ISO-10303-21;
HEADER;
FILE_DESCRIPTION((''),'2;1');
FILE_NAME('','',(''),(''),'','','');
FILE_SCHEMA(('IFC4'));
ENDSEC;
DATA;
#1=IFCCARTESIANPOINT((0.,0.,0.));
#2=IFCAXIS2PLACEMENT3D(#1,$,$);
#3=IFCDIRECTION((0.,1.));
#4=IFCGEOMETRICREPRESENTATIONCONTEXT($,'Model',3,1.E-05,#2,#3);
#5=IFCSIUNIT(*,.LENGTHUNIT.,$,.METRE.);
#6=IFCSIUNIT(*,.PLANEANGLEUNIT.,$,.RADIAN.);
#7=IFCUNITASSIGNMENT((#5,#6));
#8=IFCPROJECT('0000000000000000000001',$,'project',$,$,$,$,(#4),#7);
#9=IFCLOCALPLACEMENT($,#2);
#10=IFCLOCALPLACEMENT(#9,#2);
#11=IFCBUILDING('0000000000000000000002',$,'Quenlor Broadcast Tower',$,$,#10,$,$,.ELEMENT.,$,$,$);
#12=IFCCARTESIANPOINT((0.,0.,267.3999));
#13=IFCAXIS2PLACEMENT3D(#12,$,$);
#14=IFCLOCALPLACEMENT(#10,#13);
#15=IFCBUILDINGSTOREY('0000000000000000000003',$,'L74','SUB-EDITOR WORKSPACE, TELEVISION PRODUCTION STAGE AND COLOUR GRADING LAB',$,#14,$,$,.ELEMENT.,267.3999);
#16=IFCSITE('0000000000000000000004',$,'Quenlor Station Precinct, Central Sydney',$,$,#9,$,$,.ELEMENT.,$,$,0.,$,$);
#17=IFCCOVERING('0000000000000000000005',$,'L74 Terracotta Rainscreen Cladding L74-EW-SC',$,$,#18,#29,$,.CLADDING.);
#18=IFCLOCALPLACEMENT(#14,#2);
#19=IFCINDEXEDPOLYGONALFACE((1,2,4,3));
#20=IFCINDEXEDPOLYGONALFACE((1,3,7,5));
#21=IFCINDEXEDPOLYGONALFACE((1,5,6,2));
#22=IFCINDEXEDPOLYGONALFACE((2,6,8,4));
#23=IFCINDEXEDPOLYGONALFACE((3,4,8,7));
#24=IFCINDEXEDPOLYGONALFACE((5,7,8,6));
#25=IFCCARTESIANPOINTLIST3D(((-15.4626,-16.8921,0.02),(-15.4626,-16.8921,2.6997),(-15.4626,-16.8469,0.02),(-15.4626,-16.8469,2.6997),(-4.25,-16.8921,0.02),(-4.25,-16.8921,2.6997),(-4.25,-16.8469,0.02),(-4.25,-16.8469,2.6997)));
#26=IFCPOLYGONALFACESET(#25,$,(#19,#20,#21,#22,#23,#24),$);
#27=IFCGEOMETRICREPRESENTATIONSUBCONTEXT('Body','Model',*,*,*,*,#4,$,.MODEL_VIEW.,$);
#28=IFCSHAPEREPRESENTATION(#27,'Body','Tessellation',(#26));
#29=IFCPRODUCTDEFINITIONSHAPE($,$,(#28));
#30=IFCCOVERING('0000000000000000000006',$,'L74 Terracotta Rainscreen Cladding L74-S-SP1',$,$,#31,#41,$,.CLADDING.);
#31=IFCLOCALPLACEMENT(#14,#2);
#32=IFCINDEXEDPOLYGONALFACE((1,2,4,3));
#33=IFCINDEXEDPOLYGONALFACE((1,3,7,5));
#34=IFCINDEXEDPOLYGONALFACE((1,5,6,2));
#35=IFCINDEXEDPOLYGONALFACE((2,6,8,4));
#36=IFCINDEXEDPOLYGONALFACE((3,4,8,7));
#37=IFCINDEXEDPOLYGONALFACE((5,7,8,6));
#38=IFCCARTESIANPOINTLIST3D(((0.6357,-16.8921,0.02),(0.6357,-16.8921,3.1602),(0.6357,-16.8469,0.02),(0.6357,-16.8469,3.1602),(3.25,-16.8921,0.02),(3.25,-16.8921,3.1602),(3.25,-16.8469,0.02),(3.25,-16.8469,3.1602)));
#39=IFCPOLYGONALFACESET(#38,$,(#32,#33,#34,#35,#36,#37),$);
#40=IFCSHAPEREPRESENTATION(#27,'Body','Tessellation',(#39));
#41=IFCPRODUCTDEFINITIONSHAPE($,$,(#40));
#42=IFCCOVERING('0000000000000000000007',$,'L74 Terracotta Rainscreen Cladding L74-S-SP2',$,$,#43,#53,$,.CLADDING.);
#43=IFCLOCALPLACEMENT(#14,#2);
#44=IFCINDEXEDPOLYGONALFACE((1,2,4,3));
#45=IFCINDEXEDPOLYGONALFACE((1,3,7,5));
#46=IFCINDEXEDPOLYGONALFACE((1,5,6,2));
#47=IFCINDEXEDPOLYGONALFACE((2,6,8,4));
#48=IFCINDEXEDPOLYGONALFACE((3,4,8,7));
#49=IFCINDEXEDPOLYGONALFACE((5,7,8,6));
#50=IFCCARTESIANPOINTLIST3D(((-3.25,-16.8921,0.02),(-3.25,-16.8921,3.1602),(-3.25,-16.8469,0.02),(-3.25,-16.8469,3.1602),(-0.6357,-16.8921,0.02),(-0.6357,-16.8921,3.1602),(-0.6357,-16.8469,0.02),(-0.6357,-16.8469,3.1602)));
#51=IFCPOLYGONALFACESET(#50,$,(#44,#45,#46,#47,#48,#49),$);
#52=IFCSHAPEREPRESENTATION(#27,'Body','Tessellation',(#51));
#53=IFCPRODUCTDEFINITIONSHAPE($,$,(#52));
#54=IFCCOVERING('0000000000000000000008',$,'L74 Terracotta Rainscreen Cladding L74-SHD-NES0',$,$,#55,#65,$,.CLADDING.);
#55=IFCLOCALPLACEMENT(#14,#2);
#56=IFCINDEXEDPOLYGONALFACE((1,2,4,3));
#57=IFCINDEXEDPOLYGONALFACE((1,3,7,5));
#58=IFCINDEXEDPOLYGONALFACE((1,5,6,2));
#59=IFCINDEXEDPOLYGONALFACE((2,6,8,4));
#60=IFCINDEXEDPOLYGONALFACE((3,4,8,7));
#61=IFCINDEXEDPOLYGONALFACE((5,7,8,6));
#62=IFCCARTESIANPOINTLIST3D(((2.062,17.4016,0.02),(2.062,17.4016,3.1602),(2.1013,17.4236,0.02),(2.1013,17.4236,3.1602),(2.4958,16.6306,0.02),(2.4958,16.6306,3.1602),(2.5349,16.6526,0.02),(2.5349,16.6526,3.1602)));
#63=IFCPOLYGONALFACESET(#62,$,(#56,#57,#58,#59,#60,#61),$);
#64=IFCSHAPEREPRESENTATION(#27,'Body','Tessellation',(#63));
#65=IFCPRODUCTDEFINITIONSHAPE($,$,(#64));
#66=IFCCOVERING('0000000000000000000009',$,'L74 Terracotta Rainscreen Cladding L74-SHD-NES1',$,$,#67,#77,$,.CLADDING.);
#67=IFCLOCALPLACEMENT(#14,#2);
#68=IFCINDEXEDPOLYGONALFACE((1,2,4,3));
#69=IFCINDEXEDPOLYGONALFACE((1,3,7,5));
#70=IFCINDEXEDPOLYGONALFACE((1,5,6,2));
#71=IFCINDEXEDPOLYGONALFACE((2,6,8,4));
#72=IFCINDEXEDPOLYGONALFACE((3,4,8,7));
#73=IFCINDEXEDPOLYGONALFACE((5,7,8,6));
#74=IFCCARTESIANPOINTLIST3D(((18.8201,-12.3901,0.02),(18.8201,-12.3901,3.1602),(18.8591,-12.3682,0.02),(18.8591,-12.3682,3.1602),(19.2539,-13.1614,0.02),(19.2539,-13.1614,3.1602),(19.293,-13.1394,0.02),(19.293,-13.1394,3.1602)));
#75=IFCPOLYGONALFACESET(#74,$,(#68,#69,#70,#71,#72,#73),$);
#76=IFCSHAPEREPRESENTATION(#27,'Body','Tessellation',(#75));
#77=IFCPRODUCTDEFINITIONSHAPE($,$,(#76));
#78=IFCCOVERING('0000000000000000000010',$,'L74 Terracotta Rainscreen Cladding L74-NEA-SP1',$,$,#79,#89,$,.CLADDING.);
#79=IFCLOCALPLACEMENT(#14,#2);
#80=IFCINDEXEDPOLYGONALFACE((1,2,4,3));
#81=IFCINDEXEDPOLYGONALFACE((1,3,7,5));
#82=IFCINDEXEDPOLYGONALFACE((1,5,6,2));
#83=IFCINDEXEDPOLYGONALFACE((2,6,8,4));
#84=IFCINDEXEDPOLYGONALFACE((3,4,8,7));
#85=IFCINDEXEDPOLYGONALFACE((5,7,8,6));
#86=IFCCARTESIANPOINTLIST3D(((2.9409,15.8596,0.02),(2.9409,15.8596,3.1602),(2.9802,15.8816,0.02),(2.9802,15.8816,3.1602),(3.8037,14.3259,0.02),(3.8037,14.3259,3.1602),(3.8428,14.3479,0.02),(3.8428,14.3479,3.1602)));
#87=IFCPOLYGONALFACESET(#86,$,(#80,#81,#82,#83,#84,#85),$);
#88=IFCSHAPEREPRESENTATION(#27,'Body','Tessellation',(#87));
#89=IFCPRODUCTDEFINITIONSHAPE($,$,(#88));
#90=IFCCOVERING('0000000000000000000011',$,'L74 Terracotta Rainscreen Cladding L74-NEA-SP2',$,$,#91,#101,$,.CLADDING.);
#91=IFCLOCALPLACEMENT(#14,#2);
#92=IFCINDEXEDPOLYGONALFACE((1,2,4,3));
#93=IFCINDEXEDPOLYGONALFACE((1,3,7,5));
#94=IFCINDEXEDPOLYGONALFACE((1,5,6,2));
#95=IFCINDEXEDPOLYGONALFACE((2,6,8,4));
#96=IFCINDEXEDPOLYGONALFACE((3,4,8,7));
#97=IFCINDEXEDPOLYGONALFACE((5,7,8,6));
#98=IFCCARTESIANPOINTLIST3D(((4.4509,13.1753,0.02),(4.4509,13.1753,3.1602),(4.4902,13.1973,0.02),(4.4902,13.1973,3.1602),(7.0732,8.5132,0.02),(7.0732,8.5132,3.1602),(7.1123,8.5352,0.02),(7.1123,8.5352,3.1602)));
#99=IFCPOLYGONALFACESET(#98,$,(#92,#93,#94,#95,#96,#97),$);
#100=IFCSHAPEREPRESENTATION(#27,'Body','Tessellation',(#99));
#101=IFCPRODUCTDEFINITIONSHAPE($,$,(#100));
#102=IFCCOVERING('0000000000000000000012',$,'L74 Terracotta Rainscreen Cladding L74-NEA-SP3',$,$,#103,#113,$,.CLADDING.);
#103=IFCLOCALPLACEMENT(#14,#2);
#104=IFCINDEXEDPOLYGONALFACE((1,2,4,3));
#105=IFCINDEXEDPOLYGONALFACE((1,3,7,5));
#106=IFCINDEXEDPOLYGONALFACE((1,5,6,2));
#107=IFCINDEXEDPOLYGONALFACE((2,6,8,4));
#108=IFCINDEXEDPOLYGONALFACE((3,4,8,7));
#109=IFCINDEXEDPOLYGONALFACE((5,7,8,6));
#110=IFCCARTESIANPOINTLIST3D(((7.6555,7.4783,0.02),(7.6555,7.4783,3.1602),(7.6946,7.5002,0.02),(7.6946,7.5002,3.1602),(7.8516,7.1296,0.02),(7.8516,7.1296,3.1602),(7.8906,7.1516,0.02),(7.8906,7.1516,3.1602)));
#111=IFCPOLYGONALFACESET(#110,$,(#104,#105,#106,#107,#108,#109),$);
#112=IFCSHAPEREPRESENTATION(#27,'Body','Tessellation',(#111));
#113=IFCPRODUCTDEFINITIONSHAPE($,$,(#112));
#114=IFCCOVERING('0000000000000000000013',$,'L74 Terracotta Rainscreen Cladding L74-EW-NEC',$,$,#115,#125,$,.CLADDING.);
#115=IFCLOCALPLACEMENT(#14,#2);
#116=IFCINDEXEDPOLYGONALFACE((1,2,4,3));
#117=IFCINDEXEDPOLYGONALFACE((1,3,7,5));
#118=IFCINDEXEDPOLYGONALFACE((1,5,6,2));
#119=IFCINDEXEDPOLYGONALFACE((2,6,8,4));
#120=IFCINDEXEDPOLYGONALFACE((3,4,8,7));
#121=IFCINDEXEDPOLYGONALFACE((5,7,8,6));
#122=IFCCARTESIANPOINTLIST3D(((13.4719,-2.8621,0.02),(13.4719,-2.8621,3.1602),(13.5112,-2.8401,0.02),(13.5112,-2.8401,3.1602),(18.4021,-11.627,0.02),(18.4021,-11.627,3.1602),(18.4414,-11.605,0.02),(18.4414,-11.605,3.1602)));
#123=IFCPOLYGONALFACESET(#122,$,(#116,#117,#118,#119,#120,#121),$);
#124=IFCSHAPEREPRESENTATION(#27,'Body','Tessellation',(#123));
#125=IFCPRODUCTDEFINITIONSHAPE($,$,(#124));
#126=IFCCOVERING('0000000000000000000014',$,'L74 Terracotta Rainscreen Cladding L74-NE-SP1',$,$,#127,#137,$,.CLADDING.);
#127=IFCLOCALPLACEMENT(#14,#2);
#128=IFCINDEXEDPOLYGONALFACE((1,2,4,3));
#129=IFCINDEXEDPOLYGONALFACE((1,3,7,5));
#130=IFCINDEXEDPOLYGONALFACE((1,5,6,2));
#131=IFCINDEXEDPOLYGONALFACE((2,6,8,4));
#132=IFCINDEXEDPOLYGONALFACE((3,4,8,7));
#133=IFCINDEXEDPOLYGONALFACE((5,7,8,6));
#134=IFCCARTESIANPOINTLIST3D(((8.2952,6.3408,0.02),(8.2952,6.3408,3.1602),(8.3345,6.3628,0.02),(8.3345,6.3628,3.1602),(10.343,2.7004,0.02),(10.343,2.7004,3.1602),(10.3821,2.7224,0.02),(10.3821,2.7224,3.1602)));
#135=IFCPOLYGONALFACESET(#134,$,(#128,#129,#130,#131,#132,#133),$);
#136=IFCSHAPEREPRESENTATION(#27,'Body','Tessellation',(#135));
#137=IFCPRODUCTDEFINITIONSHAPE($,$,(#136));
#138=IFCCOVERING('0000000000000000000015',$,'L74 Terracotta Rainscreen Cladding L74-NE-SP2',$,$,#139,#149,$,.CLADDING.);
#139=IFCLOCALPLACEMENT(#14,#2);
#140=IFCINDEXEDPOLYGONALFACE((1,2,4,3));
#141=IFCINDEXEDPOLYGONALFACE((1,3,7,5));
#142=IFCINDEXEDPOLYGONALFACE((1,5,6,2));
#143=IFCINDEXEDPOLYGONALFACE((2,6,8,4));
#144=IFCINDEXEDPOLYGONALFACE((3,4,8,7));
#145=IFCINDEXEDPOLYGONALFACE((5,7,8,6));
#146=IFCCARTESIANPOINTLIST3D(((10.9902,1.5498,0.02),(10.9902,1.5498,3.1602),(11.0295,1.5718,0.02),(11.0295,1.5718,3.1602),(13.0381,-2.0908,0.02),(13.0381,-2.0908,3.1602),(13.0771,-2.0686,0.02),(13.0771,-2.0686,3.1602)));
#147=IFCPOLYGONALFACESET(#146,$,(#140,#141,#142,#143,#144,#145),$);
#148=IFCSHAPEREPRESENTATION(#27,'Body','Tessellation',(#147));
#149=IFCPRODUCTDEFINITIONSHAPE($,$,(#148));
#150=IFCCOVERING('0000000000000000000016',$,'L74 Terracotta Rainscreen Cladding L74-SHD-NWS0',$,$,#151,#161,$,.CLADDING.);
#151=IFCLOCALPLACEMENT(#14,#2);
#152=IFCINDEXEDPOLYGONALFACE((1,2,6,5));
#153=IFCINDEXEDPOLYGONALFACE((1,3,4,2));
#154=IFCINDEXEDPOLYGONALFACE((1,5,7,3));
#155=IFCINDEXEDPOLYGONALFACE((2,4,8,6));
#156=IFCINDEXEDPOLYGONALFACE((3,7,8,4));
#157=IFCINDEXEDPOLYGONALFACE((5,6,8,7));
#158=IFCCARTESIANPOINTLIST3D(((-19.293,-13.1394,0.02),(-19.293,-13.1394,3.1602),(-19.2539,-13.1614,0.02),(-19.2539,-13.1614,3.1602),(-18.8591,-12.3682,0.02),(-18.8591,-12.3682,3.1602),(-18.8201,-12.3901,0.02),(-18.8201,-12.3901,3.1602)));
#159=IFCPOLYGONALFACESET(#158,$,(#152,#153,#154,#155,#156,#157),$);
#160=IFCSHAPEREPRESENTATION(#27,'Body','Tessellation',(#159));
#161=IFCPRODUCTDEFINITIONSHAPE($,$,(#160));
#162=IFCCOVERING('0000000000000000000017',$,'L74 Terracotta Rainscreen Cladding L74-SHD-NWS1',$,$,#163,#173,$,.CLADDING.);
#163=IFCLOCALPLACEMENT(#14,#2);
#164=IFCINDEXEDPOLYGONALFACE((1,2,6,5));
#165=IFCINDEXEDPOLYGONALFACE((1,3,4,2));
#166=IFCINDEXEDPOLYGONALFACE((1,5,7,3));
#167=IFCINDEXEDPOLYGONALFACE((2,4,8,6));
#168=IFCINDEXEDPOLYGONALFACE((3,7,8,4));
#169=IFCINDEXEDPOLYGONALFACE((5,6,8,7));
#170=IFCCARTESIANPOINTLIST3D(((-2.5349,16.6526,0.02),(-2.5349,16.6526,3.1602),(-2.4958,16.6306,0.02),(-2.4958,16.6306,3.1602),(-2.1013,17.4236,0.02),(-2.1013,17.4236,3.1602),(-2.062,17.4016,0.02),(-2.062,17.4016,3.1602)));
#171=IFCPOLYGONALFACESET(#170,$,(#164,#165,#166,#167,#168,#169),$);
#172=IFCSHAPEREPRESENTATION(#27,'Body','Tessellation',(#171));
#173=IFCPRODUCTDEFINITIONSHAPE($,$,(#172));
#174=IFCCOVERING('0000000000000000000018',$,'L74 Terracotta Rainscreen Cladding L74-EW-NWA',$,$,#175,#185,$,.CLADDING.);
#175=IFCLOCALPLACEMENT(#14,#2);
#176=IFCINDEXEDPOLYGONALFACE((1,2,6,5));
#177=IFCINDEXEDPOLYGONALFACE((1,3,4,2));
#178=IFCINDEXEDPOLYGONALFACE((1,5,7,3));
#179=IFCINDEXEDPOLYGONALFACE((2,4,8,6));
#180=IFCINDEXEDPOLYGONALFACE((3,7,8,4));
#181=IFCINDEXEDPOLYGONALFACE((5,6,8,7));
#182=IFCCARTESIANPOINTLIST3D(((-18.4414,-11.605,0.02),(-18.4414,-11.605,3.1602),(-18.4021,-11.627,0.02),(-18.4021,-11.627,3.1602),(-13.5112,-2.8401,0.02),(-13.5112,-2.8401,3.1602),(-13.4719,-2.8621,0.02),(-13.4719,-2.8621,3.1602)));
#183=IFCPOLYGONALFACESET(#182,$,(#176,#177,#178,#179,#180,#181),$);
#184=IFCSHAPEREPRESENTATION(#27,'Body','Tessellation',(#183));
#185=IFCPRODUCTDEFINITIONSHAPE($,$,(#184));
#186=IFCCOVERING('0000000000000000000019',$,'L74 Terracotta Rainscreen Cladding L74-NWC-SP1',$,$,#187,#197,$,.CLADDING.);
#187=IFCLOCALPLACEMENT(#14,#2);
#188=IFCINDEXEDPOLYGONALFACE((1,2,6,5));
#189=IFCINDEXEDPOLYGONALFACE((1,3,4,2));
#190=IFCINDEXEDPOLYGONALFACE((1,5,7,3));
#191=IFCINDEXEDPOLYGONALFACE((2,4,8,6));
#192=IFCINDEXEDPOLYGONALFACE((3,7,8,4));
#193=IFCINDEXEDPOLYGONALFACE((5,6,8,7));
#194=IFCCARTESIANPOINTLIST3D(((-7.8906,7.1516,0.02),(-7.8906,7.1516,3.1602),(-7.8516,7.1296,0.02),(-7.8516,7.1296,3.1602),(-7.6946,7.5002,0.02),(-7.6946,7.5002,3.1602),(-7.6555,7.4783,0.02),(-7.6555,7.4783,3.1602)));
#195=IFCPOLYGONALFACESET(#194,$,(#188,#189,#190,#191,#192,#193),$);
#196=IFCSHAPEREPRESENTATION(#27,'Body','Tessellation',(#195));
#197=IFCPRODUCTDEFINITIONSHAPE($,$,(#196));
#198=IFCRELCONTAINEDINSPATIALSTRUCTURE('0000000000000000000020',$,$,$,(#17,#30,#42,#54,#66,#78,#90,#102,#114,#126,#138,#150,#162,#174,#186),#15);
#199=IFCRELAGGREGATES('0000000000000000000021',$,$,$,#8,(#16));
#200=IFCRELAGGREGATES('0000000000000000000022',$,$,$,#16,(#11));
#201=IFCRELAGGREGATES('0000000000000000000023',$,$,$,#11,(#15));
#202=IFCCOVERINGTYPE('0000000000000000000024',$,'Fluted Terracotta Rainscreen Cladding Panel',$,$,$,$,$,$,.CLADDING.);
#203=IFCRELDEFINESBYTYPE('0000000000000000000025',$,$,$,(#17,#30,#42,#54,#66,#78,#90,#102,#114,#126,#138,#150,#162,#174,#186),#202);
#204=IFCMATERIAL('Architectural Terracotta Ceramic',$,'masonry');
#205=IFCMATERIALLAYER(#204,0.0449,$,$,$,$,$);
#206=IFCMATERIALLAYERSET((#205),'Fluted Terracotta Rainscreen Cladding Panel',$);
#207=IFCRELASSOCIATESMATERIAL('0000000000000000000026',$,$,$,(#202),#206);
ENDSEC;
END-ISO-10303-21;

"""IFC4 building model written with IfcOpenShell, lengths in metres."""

from ifc_helpers import new_model, si_unit, direction, frame, origin, place, context, subcontext, project, spatial, polyline, outline, extrude, material, layer, layer_set, type_object, element, save


model = new_model("IFC4")

# Units and contexts
model_context = context("Model", 3, precision=1e-05, world=origin(), true_north=direction((0.0, 1.0)))
body_context = subcontext(model_context, "Body", "Model", "MODEL_VIEW")
ifc_project = project(units=[si_unit("LENGTHUNIT", "METRE"), si_unit("PLANEANGLEUNIT", "RADIAN")], contexts=[model_context])

# Site, building, storey
site_placement = place(None, origin())
site = spatial("IfcSite", under=ifc_project, at=site_placement, Name="Quenlor Station Precinct, Central Sydney", CompositionType="ELEMENT", RefElevation=0.0)
building_placement = place(site_placement, origin())
building = spatial("IfcBuilding", under=site, at=building_placement, Name="Quenlor Broadcast Tower", CompositionType="ELEMENT")
storey_placement = place(building_placement, frame((0.0, 0.0, 267.3999)))
storey = spatial("IfcBuildingStorey", under=building, at=storey_placement, Name="L74", Description="SUB-EDITOR WORKSPACE, TELEVISION PRODUCTION STAGE AND COLOUR GRADING LAB", CompositionType="ELEMENT", Elevation=267.3999)

# Coverings
ifc_material_1 = material(Name="Architectural Terracotta Ceramic", Category="masonry")
ifc_layer_1 = layer(ifc_material_1, 0.0449)
ifc_layer_set_1 = layer_set([ifc_layer_1], Name="Fluted Terracotta Rainscreen Cladding Panel")
covering_type = type_object("IfcCoveringType", Name="Fluted Terracotta Rainscreen Cladding Panel", PredefinedType="CLADDING", material=ifc_layer_set_1)
covering_1_placement = place(storey_placement, frame((0.0, 0.0, 0.02)))
element("IfcCovering", 1, at=covering_1_placement, inside=storey, type_object=covering_type, Name="L74 Terracotta Rainscreen Cladding L74-EW-SC", PredefinedType="CLADDING", context=body_context, shape_type="SweptSolid", body=[
    extrude(outline(polyline([(-4.25, -16.8469), (-15.4626, -16.8469), (-15.4626, -16.8921), (-4.25, -16.8921), (-4.25, -16.8469)])), origin(), (0.0, 0.0, 1.0), 2.6797),
])
covering_2_placement = place(storey_placement, frame((0.0, 0.0, 0.02)))
element("IfcCovering", 2, at=covering_2_placement, inside=storey, type_object=covering_type, Name="L74 Terracotta Rainscreen Cladding L74-S-SP1", PredefinedType="CLADDING", context=body_context, shape_type="SweptSolid", body=[
    extrude(outline(polyline([(3.25, -16.8469), (0.6357, -16.8469), (0.6357, -16.8921), (3.25, -16.8921), (3.25, -16.8469)])), origin(), (0.0, 0.0, 1.0), 3.1401),
])
covering_3_placement = place(storey_placement, frame((0.0, 0.0, 0.02)))
element("IfcCovering", 3, at=covering_3_placement, inside=storey, type_object=covering_type, Name="L74 Terracotta Rainscreen Cladding L74-S-SP2", PredefinedType="CLADDING", context=body_context, shape_type="SweptSolid", body=[
    extrude(outline(polyline([(-0.6357, -16.8469), (-3.25, -16.8469), (-3.25, -16.8921), (-0.6357, -16.8921), (-0.6357, -16.8469)])), origin(), (0.0, 0.0, 1.0), 3.1401),
])
covering_4_placement = place(storey_placement, frame((0.0, 0.0, 0.02)))
element("IfcCovering", 4, at=covering_4_placement, inside=storey, type_object=covering_type, Name="L74 Terracotta Rainscreen Cladding L74-SHD-NES0", PredefinedType="CLADDING", context=body_context, shape_type="SweptSolid", body=[
    extrude(outline(polyline([(2.062, 17.4016), (2.4958, 16.6306), (2.5349, 16.6526), (2.1013, 17.4236), (2.062, 17.4016)])), origin(), (0.0, 0.0, 1.0), 3.1401),
])
covering_5_placement = place(storey_placement, frame((0.0, 0.0, 0.02)))
element("IfcCovering", 5, at=covering_5_placement, inside=storey, type_object=covering_type, Name="L74 Terracotta Rainscreen Cladding L74-SHD-NES1", PredefinedType="CLADDING", context=body_context, shape_type="SweptSolid", body=[
    extrude(outline(polyline([(18.8201, -12.3901), (19.2539, -13.1614), (19.293, -13.1394), (18.8591, -12.3682), (18.8201, -12.3901)])), origin(), (0.0, 0.0, 1.0), 3.1401),
])
covering_6_placement = place(storey_placement, frame((0.0, 0.0, 0.02)))
element("IfcCovering", 6, at=covering_6_placement, inside=storey, type_object=covering_type, Name="L74 Terracotta Rainscreen Cladding L74-NEA-SP1", PredefinedType="CLADDING", context=body_context, shape_type="SweptSolid", body=[
    extrude(outline(polyline([(2.9409, 15.8596), (3.8037, 14.3259), (3.8428, 14.3479), (2.9802, 15.8816), (2.9409, 15.8596)])), origin(), (0.0, 0.0, 1.0), 3.1401),
])
covering_7_placement = place(storey_placement, frame((0.0, 0.0, 0.02)))
element("IfcCovering", 7, at=covering_7_placement, inside=storey, type_object=covering_type, Name="L74 Terracotta Rainscreen Cladding L74-NEA-SP2", PredefinedType="CLADDING", context=body_context, shape_type="SweptSolid", body=[
    extrude(outline(polyline([(4.4509, 13.1753), (7.0732, 8.5132), (7.1123, 8.5352), (4.4902, 13.1973), (4.4509, 13.1753)])), origin(), (0.0, 0.0, 1.0), 3.1401),
])
covering_8_placement = place(storey_placement, frame((0.0, 0.0, 0.02)))
element("IfcCovering", 8, at=covering_8_placement, inside=storey, type_object=covering_type, Name="L74 Terracotta Rainscreen Cladding L74-NEA-SP3", PredefinedType="CLADDING", context=body_context, shape_type="SweptSolid", body=[
    extrude(outline(polyline([(7.6555, 7.4783), (7.8516, 7.1296), (7.8906, 7.1516), (7.6946, 7.5002), (7.6555, 7.4783)])), origin(), (0.0, 0.0, 1.0), 3.1401),
])
covering_9_placement = place(storey_placement, frame((0.0, 0.0, 0.02)))
element("IfcCovering", 9, at=covering_9_placement, inside=storey, type_object=covering_type, Name="L74 Terracotta Rainscreen Cladding L74-EW-NEC", PredefinedType="CLADDING", context=body_context, shape_type="SweptSolid", body=[
    extrude(outline(polyline([(13.4719, -2.8621), (18.4021, -11.627), (18.4414, -11.605), (13.5112, -2.8401), (13.4719, -2.8621)])), origin(), (0.0, 0.0, 1.0), 3.1401),
])
covering_10_placement = place(storey_placement, frame((0.0, 0.0, 0.02)))
element("IfcCovering", 10, at=covering_10_placement, inside=storey, type_object=covering_type, Name="L74 Terracotta Rainscreen Cladding L74-NE-SP1", PredefinedType="CLADDING", context=body_context, shape_type="SweptSolid", body=[
    extrude(outline(polyline([(8.2952, 6.3408), (10.343, 2.7004), (10.3821, 2.7224), (8.3345, 6.3628), (8.2952, 6.3408)])), origin(), (0.0, 0.0, 1.0), 3.1401),
])
covering_11_placement = place(storey_placement, frame((0.0, 0.0, 0.02)))
element("IfcCovering", 11, at=covering_11_placement, inside=storey, type_object=covering_type, Name="L74 Terracotta Rainscreen Cladding L74-NE-SP2", PredefinedType="CLADDING", context=body_context, shape_type="SweptSolid", body=[
    extrude(outline(polyline([(10.9902, 1.5498), (13.0381, -2.0908), (13.0771, -2.0686), (11.0295, 1.5718), (10.9902, 1.5498)])), origin(), (0.0, 0.0, 1.0), 3.1401),
])
covering_12_placement = place(storey_placement, frame((0.0, 0.0, 0.02)))
element("IfcCovering", 12, at=covering_12_placement, inside=storey, type_object=covering_type, Name="L74 Terracotta Rainscreen Cladding L74-SHD-NWS0", PredefinedType="CLADDING", context=body_context, shape_type="SweptSolid", body=[
    extrude(outline(polyline([(-19.2539, -13.1614), (-18.8201, -12.3901), (-18.8591, -12.3682), (-19.293, -13.1394), (-19.2539, -13.1614)])), origin(), (0.0, 0.0, 1.0), 3.1401),
])
covering_13_placement = place(storey_placement, frame((0.0, 0.0, 0.02)))
element("IfcCovering", 13, at=covering_13_placement, inside=storey, type_object=covering_type, Name="L74 Terracotta Rainscreen Cladding L74-SHD-NWS1", PredefinedType="CLADDING", context=body_context, shape_type="SweptSolid", body=[
    extrude(outline(polyline([(-2.4958, 16.6306), (-2.062, 17.4016), (-2.1013, 17.4236), (-2.5349, 16.6526), (-2.4958, 16.6306)])), origin(), (0.0, 0.0, 1.0), 3.1401),
])
covering_14_placement = place(storey_placement, frame((0.0, 0.0, 0.02)))
element("IfcCovering", 14, at=covering_14_placement, inside=storey, type_object=covering_type, Name="L74 Terracotta Rainscreen Cladding L74-EW-NWA", PredefinedType="CLADDING", context=body_context, shape_type="SweptSolid", body=[
    extrude(outline(polyline([(-18.4021, -11.627), (-13.4719, -2.8621), (-13.5112, -2.8401), (-18.4414, -11.605), (-18.4021, -11.627)])), origin(), (0.0, 0.0, 1.0), 3.1401),
])
covering_15_placement = place(storey_placement, frame((0.0, 0.0, 0.02)))
element("IfcCovering", 15, at=covering_15_placement, inside=storey, type_object=covering_type, Name="L74 Terracotta Rainscreen Cladding L74-NWC-SP1", PredefinedType="CLADDING", context=body_context, shape_type="SweptSolid", body=[
    extrude(outline(polyline([(-7.8516, 7.1296), (-7.6555, 7.4783), (-7.6946, 7.5002), (-7.8906, 7.1516), (-7.8516, 7.1296)])), origin(), (0.0, 0.0, 1.0), 3.1401),
])

save(model, "model.ifc")
